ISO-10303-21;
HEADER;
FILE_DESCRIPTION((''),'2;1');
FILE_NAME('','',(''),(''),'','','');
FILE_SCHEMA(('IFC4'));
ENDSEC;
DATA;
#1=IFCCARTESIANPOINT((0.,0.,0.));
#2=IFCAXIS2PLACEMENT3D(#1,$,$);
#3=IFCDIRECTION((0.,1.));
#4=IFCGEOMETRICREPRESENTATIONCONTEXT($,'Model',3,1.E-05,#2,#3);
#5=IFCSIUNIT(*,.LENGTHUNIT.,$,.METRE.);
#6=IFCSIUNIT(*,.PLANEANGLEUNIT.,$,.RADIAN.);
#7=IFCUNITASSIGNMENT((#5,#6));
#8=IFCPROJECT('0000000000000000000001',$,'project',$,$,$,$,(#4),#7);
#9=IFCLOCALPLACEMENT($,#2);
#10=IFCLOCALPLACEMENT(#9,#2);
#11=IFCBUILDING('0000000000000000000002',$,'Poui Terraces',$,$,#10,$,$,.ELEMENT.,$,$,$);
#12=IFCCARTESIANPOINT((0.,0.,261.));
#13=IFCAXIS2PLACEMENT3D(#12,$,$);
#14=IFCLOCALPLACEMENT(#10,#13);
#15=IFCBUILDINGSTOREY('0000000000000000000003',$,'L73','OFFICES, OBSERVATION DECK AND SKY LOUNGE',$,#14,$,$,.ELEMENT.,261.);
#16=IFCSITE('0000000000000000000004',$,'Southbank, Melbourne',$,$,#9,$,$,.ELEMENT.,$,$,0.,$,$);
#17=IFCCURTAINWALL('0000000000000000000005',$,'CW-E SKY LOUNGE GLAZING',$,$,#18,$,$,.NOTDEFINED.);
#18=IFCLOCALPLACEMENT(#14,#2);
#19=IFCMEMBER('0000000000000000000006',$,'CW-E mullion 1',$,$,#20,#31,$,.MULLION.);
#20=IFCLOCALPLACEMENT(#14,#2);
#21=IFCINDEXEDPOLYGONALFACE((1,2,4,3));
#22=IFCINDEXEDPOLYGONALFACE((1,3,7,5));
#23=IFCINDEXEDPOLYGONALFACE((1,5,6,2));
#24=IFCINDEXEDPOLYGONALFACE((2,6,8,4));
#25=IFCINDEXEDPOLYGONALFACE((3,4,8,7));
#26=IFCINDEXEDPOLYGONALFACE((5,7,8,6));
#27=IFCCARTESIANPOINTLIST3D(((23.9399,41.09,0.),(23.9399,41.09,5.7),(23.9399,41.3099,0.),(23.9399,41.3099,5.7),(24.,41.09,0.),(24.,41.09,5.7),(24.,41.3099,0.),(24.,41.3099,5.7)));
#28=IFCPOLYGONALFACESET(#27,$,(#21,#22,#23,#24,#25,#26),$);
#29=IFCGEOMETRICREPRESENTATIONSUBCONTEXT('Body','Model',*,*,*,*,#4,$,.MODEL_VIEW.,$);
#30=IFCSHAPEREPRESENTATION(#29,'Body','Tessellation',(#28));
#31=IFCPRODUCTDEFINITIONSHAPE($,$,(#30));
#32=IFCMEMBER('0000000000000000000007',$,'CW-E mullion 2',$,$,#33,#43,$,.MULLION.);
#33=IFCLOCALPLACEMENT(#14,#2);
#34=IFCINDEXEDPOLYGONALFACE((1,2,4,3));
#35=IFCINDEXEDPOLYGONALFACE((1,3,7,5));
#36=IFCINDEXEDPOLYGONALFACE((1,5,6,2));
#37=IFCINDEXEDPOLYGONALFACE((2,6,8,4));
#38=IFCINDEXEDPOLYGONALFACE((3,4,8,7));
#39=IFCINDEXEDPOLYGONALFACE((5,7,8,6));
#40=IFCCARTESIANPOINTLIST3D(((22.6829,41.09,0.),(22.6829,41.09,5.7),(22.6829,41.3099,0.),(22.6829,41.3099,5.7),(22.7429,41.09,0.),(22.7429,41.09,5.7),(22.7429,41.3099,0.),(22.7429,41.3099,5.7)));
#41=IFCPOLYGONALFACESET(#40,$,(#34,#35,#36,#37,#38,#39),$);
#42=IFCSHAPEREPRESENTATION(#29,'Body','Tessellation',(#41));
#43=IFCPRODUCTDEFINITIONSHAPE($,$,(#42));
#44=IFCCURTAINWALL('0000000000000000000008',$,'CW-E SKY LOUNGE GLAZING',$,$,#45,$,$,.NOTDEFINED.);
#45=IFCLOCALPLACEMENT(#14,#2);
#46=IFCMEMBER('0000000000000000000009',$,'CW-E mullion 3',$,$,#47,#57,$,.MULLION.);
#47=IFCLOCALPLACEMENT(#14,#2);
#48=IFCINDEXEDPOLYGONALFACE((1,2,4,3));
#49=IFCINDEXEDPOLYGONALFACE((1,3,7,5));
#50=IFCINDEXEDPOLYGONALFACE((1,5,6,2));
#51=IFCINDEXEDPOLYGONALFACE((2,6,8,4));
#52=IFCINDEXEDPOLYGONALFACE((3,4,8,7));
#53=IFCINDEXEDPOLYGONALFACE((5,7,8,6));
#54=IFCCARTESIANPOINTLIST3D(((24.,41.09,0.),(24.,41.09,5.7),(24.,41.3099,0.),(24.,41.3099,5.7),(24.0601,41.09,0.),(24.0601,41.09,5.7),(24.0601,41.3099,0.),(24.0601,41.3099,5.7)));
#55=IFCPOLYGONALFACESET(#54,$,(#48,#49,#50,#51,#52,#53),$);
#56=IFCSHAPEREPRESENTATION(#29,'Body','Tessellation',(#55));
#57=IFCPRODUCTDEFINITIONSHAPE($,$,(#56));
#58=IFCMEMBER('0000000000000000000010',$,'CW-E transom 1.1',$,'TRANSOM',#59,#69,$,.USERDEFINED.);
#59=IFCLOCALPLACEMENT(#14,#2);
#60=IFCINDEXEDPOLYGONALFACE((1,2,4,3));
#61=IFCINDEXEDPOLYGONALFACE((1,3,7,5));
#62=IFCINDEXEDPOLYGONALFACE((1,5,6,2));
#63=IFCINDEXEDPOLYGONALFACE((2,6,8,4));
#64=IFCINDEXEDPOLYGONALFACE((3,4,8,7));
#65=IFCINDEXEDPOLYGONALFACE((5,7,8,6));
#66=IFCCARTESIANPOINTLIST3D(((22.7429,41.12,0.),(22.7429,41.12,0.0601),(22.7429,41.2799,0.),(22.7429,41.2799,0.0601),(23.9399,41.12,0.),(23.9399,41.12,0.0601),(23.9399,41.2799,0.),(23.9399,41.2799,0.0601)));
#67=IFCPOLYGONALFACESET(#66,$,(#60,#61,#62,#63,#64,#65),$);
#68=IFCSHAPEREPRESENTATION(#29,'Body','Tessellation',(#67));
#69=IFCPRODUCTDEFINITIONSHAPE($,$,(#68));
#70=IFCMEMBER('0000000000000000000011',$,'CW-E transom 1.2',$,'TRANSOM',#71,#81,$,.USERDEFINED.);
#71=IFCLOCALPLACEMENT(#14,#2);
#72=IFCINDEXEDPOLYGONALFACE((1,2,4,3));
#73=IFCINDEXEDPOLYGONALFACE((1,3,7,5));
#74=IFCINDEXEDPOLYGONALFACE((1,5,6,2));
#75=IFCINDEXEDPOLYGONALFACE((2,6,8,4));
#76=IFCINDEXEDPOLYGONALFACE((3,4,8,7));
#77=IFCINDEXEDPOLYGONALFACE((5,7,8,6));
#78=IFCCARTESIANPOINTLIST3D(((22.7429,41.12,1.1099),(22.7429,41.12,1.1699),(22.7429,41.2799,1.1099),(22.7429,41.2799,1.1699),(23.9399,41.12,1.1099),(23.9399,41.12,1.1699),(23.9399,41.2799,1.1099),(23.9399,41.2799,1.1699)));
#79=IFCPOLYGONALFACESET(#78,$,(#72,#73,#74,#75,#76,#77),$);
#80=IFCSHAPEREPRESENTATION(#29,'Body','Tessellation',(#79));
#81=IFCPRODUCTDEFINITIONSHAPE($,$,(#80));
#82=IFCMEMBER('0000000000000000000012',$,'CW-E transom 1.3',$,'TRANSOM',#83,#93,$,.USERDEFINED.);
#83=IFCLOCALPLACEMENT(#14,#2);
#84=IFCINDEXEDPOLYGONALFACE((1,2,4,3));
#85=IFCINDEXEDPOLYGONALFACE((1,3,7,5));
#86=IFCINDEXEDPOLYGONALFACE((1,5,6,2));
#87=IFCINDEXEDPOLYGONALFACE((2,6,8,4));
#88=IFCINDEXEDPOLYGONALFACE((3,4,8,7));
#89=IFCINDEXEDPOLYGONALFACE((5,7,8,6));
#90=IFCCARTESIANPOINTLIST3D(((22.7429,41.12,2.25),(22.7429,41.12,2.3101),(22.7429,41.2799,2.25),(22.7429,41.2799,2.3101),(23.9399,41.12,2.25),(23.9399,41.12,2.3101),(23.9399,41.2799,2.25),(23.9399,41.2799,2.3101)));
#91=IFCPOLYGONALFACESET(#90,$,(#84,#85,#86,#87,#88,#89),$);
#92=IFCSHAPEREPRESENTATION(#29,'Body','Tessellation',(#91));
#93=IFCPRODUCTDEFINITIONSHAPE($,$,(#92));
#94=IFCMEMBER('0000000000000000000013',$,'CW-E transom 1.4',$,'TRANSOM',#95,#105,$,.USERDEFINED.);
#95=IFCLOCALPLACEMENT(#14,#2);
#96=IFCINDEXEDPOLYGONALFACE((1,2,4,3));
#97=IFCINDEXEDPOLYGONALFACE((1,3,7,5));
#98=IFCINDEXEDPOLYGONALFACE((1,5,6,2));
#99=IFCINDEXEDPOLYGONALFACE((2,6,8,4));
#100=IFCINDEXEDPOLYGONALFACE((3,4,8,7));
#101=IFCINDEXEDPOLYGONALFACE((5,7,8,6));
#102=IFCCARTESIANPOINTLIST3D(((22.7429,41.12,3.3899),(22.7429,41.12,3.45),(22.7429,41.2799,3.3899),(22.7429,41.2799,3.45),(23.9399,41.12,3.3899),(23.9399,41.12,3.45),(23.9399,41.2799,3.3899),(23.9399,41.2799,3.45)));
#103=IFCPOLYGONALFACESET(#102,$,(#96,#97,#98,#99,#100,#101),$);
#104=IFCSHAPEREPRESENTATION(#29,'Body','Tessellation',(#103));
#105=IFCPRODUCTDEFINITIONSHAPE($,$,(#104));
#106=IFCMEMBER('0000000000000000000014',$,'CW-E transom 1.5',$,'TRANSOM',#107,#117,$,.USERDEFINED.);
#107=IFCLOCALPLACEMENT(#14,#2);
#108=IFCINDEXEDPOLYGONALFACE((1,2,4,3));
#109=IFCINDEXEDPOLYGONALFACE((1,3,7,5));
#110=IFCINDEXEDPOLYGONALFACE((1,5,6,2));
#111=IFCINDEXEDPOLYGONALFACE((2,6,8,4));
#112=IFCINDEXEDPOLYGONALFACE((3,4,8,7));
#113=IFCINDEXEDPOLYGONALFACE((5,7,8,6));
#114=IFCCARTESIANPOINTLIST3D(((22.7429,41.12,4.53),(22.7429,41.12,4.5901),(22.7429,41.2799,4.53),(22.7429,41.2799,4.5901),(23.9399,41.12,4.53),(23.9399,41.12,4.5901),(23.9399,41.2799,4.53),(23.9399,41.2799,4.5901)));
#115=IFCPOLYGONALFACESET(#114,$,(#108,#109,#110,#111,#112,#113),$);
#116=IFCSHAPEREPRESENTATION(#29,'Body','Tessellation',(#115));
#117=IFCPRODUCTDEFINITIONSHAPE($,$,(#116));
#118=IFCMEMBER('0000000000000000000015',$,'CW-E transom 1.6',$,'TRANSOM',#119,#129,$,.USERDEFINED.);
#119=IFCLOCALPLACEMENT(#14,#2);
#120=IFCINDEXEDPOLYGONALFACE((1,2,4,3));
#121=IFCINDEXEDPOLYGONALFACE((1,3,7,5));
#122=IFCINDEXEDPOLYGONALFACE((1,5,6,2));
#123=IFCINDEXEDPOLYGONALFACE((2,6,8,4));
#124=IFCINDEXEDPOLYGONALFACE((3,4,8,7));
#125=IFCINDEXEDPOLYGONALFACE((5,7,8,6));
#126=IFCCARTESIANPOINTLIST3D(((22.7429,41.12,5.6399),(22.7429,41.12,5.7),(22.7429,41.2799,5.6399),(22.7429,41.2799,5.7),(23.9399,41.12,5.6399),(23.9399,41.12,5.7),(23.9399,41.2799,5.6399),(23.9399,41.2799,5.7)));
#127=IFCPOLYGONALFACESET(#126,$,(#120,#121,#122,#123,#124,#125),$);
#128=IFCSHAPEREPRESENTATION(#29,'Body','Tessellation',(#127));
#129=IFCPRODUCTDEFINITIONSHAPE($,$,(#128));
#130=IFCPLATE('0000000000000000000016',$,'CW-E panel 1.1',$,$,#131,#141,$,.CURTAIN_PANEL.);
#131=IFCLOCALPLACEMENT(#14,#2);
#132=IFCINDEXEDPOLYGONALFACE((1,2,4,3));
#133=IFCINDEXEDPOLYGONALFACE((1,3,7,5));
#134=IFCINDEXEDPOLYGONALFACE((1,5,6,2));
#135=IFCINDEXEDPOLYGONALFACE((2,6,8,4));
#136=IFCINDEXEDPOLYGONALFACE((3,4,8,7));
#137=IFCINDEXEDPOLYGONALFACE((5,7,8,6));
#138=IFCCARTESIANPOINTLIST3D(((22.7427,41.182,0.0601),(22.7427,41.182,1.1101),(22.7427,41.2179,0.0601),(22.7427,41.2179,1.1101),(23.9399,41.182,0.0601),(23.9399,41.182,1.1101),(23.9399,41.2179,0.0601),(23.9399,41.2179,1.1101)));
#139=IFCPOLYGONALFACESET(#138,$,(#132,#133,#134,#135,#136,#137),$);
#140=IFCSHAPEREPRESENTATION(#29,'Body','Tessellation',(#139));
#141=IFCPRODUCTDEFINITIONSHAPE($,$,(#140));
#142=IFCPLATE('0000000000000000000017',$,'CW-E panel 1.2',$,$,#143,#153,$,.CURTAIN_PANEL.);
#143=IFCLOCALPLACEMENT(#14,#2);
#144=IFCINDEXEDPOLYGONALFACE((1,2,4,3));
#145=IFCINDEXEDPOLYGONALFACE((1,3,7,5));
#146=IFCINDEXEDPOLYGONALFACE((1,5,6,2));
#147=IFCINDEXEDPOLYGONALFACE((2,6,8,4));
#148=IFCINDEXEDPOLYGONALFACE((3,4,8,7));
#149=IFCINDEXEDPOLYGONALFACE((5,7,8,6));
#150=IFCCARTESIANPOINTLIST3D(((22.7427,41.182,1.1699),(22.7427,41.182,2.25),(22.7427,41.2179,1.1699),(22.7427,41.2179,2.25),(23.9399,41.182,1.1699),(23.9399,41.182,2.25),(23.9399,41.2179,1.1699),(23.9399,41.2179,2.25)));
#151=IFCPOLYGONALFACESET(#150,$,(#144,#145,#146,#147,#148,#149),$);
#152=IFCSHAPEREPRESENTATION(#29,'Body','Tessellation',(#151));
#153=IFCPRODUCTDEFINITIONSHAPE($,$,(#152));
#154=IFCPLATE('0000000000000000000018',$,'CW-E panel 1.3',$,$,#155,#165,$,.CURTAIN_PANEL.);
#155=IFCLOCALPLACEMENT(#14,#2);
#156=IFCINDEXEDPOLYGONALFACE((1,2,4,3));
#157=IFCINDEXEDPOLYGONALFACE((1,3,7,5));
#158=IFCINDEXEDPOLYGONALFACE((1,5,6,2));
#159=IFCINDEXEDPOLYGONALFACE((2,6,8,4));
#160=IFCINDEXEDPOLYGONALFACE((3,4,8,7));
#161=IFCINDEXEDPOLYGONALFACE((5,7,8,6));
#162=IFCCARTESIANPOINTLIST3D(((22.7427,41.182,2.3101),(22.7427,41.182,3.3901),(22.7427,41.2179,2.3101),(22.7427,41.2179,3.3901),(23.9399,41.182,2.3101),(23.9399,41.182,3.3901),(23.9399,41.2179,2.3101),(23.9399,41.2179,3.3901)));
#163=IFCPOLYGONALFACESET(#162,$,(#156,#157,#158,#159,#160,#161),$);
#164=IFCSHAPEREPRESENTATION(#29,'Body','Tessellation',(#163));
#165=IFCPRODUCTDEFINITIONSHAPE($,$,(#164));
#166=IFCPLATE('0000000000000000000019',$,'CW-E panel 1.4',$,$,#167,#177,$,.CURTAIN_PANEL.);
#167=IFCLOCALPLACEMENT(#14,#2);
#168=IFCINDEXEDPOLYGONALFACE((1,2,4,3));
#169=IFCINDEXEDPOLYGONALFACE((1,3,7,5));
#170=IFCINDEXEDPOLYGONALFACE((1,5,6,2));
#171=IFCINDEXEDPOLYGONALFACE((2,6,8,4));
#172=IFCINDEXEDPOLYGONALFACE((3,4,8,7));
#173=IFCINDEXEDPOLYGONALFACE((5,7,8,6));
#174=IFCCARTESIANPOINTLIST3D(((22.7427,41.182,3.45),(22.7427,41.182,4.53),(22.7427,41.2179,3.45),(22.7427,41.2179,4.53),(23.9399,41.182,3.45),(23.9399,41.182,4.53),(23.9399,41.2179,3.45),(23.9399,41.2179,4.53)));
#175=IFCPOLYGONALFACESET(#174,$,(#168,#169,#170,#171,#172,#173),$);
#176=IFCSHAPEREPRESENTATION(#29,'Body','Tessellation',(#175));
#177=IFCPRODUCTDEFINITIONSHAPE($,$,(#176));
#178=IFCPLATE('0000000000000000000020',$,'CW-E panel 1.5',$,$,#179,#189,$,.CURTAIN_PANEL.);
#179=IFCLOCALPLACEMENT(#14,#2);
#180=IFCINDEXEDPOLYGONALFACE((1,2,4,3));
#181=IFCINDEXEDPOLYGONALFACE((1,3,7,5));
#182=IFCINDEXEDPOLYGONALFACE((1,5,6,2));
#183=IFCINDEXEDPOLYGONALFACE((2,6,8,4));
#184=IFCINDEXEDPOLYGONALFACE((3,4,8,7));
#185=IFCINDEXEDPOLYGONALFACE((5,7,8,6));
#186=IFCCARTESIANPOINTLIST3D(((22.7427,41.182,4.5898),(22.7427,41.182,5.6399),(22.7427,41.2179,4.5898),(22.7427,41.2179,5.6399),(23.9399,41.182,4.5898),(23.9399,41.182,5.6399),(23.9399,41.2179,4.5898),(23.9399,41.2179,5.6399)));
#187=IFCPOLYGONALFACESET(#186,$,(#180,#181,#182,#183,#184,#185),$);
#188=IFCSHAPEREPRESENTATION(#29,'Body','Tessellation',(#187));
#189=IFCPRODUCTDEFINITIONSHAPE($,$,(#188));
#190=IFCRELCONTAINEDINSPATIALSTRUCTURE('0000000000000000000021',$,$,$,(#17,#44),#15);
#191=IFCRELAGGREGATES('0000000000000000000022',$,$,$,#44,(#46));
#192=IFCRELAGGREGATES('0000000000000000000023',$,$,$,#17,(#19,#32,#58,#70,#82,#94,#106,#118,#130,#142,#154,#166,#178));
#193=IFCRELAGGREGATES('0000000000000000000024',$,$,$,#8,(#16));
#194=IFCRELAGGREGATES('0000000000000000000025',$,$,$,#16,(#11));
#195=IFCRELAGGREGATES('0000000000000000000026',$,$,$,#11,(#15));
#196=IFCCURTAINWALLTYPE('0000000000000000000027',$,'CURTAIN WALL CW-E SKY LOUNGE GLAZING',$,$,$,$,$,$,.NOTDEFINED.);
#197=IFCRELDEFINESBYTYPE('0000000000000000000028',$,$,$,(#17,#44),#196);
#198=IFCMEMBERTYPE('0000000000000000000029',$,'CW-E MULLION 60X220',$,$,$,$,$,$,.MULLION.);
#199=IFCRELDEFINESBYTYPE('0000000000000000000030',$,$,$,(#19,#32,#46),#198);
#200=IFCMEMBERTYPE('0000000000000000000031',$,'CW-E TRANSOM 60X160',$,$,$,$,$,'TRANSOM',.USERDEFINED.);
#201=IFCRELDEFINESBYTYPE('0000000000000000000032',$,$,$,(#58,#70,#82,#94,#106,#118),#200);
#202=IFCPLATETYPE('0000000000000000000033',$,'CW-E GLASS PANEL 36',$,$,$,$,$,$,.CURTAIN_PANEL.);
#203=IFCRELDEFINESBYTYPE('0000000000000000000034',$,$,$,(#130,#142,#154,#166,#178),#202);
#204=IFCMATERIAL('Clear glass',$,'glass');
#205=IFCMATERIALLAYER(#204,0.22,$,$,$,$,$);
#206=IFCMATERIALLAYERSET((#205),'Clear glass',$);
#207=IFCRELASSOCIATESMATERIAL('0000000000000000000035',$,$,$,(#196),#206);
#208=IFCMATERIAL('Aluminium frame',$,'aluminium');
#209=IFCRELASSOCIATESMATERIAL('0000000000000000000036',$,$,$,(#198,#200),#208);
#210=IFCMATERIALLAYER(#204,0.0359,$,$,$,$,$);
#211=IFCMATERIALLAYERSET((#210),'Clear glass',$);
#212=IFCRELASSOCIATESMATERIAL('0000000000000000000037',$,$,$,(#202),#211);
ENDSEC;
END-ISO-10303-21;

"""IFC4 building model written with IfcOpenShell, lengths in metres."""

from ifc_helpers import new_model, si_unit, direction, frame, origin, origin_2d, place, context, subcontext, project, spatial, rectangle, extrude, material, layer, layer_set, material_profile, profile_set, type_object, element, aggregate, save


model = new_model("IFC4")

# Units and contexts
model_context = context("Model", 3, precision=1e-05, world=origin(), true_north=direction((0.0, 1.0)))
body_context = subcontext(model_context, "Body", "Model", "MODEL_VIEW")
ifc_project = project(units=[si_unit("LENGTHUNIT", "METRE"), si_unit("PLANEANGLEUNIT", "RADIAN")], contexts=[model_context])

# Site, building, storey
site_placement = place(None, origin())
site = spatial("IfcSite", under=ifc_project, at=site_placement, Name="Southbank, Melbourne", CompositionType="ELEMENT", RefElevation=0.0)
building_placement = place(site_placement, origin())
building = spatial("IfcBuilding", under=site, at=building_placement, Name="Poui Terraces", CompositionType="ELEMENT")
storey_placement = place(building_placement, frame((0.0, 0.0, 261.0)))
storey = spatial("IfcBuildingStorey", under=building, at=storey_placement, Name="L73", Description="OFFICES, OBSERVATION DECK AND SKY LOUNGE", CompositionType="ELEMENT", Elevation=261.0)

# Curtain wall, members
ifc_material_1 = material(Name="Clear glass", Category="glass")
ifc_layer_1 = layer(ifc_material_1, 0.22)
ifc_layer_set_1 = layer_set([ifc_layer_1], Name="Clear glass")
curtain_wall_type = type_object("IfcCurtainWallType", Name="CURTAIN WALL CW-E SKY LOUNGE GLAZING", PredefinedType="NOTDEFINED", material=ifc_layer_set_1)
curtain_wall_1_placement = place(storey_placement, origin())
curtain_wall_1 = element("IfcCurtainWall", 1, at=curtain_wall_1_placement, inside=storey, type_object=curtain_wall_type, Name="CW-E SKY LOUNGE GLAZING", PredefinedType="NOTDEFINED")
ifc_material_2 = material(Name="Aluminium frame", Category="aluminium")
ifc_material_profile_1 = material_profile(ifc_material_2, rectangle(XDim=0.22, YDim=0.0601, at=origin_2d()), Name="CW-E MULLION 60X220")
ifc_profile_set_1 = profile_set([ifc_material_profile_1], Name="Aluminium frame")
member_type_1 = type_object("IfcMemberType", Name="CW-E MULLION 60X220", PredefinedType="MULLION", material=ifc_profile_set_1)
member_1_placement = place(storey_placement, frame((23.97, 41.2, 0.0), z_axis=(0.0, 0.0, 1.0), x_axis=(0.0, -1.0, 0.0)))
member_1 = element("IfcMember", 2, at=member_1_placement, type_object=member_type_1, Name="CW-E mullion 1", PredefinedType="MULLION", context=body_context, shape_type="SweptSolid", body=[
    extrude(rectangle(XDim=0.22, YDim=0.0601, at=origin_2d()), origin(), (0.0, 0.0, 1.0), 5.7),
])
member_2_placement = place(storey_placement, frame((22.7129, 41.2, 0.0), z_axis=(0.0, 0.0, 1.0), x_axis=(0.0, -1.0, 0.0)))
member_2 = element("IfcMember", 3, at=member_2_placement, type_object=member_type_1, Name="CW-E mullion 2", PredefinedType="MULLION", context=body_context, shape_type="SweptSolid", body=[
    extrude(rectangle(XDim=0.22, YDim=0.0601, at=origin_2d()), origin(), (0.0, 0.0, 1.0), 5.7),
])

# Curtain wall, member
curtain_wall_2_placement = place(storey_placement, origin())
curtain_wall_2 = element("IfcCurtainWall", 4, at=curtain_wall_2_placement, inside=storey, type_object=curtain_wall_type, Name="CW-E SKY LOUNGE GLAZING", PredefinedType="NOTDEFINED")
member_3_placement = place(storey_placement, frame((24.03, 41.2, 0.0), z_axis=(0.0, 0.0, 1.0), x_axis=(0.0, -1.0, 0.0)))
member_3 = element("IfcMember", 5, at=member_3_placement, type_object=member_type_1, Name="CW-E mullion 3", PredefinedType="MULLION", context=body_context, shape_type="SweptSolid", body=[
    extrude(rectangle(XDim=0.22, YDim=0.0601, at=origin_2d()), origin(), (0.0, 0.0, 1.0), 5.7),
])
aggregate(curtain_wall_2, [member_3])

# Members
ifc_material_profile_2 = material_profile(ifc_material_2, rectangle(XDim=0.1599, YDim=0.0601, at=origin_2d()), Name="CW-E TRANSOM 60X160")
ifc_profile_set_2 = profile_set([ifc_material_profile_2], Name="Aluminium frame")
member_type_2 = type_object("IfcMemberType", Name="CW-E TRANSOM 60X160", ElementType="TRANSOM", PredefinedType="USERDEFINED", material=ifc_profile_set_2)
member_4_placement = place(storey_placement, frame((23.9399, 41.2, 0.03), z_axis=(-1.0, 0.0, 0.0), x_axis=(0.0, -1.0, 0.0)))
member_4 = element("IfcMember", 6, at=member_4_placement, type_object=member_type_2, Name="CW-E transom 1.1", ObjectType="TRANSOM", PredefinedType="USERDEFINED", context=body_context, shape_type="SweptSolid", body=[
    extrude(rectangle(XDim=0.1599, YDim=0.0601, at=origin_2d()), origin(), (0.0, 0.0, 1.0), 1.197),
])
member_5_placement = place(storey_placement, frame((23.9399, 41.2, 1.1399), z_axis=(-1.0, 0.0, 0.0), x_axis=(0.0, -1.0, 0.0)))
member_5 = element("IfcMember", 7, at=member_5_placement, type_object=member_type_2, Name="CW-E transom 1.2", ObjectType="TRANSOM", PredefinedType="USERDEFINED", context=body_context, shape_type="SweptSolid", body=[
    extrude(rectangle(XDim=0.1599, YDim=0.0601, at=origin_2d()), origin(), (0.0, 0.0, 1.0), 1.197),
])
member_6_placement = place(storey_placement, frame((23.9399, 41.2, 2.28), z_axis=(-1.0, 0.0, 0.0), x_axis=(0.0, -1.0, 0.0)))
member_6 = element("IfcMember", 8, at=member_6_placement, type_object=member_type_2, Name="CW-E transom 1.3", ObjectType="TRANSOM", PredefinedType="USERDEFINED", context=body_context, shape_type="SweptSolid", body=[
    extrude(rectangle(XDim=0.1599, YDim=0.0601, at=origin_2d()), origin(), (0.0, 0.0, 1.0), 1.197),
])
member_7_placement = place(storey_placement, frame((23.9399, 41.2, 3.4199), z_axis=(-1.0, 0.0, 0.0), x_axis=(0.0, -1.0, 0.0)))
member_7 = element("IfcMember", 9, at=member_7_placement, type_object=member_type_2, Name="CW-E transom 1.4", ObjectType="TRANSOM", PredefinedType="USERDEFINED", context=body_context, shape_type="SweptSolid", body=[
    extrude(rectangle(XDim=0.1599, YDim=0.0601, at=origin_2d()), origin(), (0.0, 0.0, 1.0), 1.197),
])
member_8_placement = place(storey_placement, frame((23.9399, 41.2, 4.5601), z_axis=(-1.0, 0.0, 0.0), x_axis=(0.0, -1.0, 0.0)))
member_8 = element("IfcMember", 10, at=member_8_placement, type_object=member_type_2, Name="CW-E transom 1.5", ObjectType="TRANSOM", PredefinedType="USERDEFINED", context=body_context, shape_type="SweptSolid", body=[
    extrude(rectangle(XDim=0.1599, YDim=0.0601, at=origin_2d()), origin(), (0.0, 0.0, 1.0), 1.197),
])
member_9_placement = place(storey_placement, frame((23.9399, 41.2, 5.6699), z_axis=(-1.0, 0.0, 0.0), x_axis=(0.0, -1.0, 0.0)))
member_9 = element("IfcMember", 11, at=member_9_placement, type_object=member_type_2, Name="CW-E transom 1.6", ObjectType="TRANSOM", PredefinedType="USERDEFINED", context=body_context, shape_type="SweptSolid", body=[
    extrude(rectangle(XDim=0.1599, YDim=0.0601, at=origin_2d()), origin(), (0.0, 0.0, 1.0), 1.197),
])

# Plates
ifc_layer_2 = layer(ifc_material_1, 0.0359)
ifc_layer_set_2 = layer_set([ifc_layer_2], Name="Clear glass")
plate_type = type_object("IfcPlateType", Name="CW-E GLASS PANEL 36", PredefinedType="CURTAIN_PANEL", material=ifc_layer_set_2)
plate_1_placement = place(storey_placement, frame((23.3413, 41.2, 0.0601), z_axis=(0.0, 0.0, 1.0), x_axis=(-1.0, 0.0, 0.0)))
plate_1 = element("IfcPlate", 12, at=plate_1_placement, type_object=plate_type, Name="CW-E panel 1.1", PredefinedType="CURTAIN_PANEL", context=body_context, shape_type="SweptSolid", body=[
    extrude(rectangle(XDim=1.1973, YDim=0.0359, at=origin_2d()), origin(), (0.0, 0.0, 1.0), 1.05),
])
plate_2_placement = place(storey_placement, frame((23.3413, 41.2, 1.1699), z_axis=(0.0, 0.0, 1.0), x_axis=(-1.0, 0.0, 0.0)))
plate_2 = element("IfcPlate", 13, at=plate_2_placement, type_object=plate_type, Name="CW-E panel 1.2", PredefinedType="CURTAIN_PANEL", context=body_context, shape_type="SweptSolid", body=[
    extrude(rectangle(XDim=1.1973, YDim=0.0359, at=origin_2d()), origin(), (0.0, 0.0, 1.0), 1.0801),
])
plate_3_placement = place(storey_placement, frame((23.3413, 41.2, 2.3101), z_axis=(0.0, 0.0, 1.0), x_axis=(-1.0, 0.0, 0.0)))
plate_3 = element("IfcPlate", 14, at=plate_3_placement, type_object=plate_type, Name="CW-E panel 1.3", PredefinedType="CURTAIN_PANEL", context=body_context, shape_type="SweptSolid", body=[
    extrude(rectangle(XDim=1.1973, YDim=0.0359, at=origin_2d()), origin(), (0.0, 0.0, 1.0), 1.0801),
])
plate_4_placement = place(storey_placement, frame((23.3413, 41.2, 3.45), z_axis=(0.0, 0.0, 1.0), x_axis=(-1.0, 0.0, 0.0)))
plate_4 = element("IfcPlate", 15, at=plate_4_placement, type_object=plate_type, Name="CW-E panel 1.4", PredefinedType="CURTAIN_PANEL", context=body_context, shape_type="SweptSolid", body=[
    extrude(rectangle(XDim=1.1973, YDim=0.0359, at=origin_2d()), origin(), (0.0, 0.0, 1.0), 1.0801),
])
plate_5_placement = place(storey_placement, frame((23.3413, 41.2, 4.5898), z_axis=(0.0, 0.0, 1.0), x_axis=(-1.0, 0.0, 0.0)))
plate_5 = element("IfcPlate", 16, at=plate_5_placement, type_object=plate_type, Name="CW-E panel 1.5", PredefinedType="CURTAIN_PANEL", context=body_context, shape_type="SweptSolid", body=[
    extrude(rectangle(XDim=1.1973, YDim=0.0359, at=origin_2d()), origin(), (0.0, 0.0, 1.0), 1.05),
])
aggregate(curtain_wall_1, [member_1, member_2, member_4, member_5, member_6, member_7, member_8, member_9, plate_1, plate_2, plate_3, plate_4, plate_5])

save(model, "model.ifc")
